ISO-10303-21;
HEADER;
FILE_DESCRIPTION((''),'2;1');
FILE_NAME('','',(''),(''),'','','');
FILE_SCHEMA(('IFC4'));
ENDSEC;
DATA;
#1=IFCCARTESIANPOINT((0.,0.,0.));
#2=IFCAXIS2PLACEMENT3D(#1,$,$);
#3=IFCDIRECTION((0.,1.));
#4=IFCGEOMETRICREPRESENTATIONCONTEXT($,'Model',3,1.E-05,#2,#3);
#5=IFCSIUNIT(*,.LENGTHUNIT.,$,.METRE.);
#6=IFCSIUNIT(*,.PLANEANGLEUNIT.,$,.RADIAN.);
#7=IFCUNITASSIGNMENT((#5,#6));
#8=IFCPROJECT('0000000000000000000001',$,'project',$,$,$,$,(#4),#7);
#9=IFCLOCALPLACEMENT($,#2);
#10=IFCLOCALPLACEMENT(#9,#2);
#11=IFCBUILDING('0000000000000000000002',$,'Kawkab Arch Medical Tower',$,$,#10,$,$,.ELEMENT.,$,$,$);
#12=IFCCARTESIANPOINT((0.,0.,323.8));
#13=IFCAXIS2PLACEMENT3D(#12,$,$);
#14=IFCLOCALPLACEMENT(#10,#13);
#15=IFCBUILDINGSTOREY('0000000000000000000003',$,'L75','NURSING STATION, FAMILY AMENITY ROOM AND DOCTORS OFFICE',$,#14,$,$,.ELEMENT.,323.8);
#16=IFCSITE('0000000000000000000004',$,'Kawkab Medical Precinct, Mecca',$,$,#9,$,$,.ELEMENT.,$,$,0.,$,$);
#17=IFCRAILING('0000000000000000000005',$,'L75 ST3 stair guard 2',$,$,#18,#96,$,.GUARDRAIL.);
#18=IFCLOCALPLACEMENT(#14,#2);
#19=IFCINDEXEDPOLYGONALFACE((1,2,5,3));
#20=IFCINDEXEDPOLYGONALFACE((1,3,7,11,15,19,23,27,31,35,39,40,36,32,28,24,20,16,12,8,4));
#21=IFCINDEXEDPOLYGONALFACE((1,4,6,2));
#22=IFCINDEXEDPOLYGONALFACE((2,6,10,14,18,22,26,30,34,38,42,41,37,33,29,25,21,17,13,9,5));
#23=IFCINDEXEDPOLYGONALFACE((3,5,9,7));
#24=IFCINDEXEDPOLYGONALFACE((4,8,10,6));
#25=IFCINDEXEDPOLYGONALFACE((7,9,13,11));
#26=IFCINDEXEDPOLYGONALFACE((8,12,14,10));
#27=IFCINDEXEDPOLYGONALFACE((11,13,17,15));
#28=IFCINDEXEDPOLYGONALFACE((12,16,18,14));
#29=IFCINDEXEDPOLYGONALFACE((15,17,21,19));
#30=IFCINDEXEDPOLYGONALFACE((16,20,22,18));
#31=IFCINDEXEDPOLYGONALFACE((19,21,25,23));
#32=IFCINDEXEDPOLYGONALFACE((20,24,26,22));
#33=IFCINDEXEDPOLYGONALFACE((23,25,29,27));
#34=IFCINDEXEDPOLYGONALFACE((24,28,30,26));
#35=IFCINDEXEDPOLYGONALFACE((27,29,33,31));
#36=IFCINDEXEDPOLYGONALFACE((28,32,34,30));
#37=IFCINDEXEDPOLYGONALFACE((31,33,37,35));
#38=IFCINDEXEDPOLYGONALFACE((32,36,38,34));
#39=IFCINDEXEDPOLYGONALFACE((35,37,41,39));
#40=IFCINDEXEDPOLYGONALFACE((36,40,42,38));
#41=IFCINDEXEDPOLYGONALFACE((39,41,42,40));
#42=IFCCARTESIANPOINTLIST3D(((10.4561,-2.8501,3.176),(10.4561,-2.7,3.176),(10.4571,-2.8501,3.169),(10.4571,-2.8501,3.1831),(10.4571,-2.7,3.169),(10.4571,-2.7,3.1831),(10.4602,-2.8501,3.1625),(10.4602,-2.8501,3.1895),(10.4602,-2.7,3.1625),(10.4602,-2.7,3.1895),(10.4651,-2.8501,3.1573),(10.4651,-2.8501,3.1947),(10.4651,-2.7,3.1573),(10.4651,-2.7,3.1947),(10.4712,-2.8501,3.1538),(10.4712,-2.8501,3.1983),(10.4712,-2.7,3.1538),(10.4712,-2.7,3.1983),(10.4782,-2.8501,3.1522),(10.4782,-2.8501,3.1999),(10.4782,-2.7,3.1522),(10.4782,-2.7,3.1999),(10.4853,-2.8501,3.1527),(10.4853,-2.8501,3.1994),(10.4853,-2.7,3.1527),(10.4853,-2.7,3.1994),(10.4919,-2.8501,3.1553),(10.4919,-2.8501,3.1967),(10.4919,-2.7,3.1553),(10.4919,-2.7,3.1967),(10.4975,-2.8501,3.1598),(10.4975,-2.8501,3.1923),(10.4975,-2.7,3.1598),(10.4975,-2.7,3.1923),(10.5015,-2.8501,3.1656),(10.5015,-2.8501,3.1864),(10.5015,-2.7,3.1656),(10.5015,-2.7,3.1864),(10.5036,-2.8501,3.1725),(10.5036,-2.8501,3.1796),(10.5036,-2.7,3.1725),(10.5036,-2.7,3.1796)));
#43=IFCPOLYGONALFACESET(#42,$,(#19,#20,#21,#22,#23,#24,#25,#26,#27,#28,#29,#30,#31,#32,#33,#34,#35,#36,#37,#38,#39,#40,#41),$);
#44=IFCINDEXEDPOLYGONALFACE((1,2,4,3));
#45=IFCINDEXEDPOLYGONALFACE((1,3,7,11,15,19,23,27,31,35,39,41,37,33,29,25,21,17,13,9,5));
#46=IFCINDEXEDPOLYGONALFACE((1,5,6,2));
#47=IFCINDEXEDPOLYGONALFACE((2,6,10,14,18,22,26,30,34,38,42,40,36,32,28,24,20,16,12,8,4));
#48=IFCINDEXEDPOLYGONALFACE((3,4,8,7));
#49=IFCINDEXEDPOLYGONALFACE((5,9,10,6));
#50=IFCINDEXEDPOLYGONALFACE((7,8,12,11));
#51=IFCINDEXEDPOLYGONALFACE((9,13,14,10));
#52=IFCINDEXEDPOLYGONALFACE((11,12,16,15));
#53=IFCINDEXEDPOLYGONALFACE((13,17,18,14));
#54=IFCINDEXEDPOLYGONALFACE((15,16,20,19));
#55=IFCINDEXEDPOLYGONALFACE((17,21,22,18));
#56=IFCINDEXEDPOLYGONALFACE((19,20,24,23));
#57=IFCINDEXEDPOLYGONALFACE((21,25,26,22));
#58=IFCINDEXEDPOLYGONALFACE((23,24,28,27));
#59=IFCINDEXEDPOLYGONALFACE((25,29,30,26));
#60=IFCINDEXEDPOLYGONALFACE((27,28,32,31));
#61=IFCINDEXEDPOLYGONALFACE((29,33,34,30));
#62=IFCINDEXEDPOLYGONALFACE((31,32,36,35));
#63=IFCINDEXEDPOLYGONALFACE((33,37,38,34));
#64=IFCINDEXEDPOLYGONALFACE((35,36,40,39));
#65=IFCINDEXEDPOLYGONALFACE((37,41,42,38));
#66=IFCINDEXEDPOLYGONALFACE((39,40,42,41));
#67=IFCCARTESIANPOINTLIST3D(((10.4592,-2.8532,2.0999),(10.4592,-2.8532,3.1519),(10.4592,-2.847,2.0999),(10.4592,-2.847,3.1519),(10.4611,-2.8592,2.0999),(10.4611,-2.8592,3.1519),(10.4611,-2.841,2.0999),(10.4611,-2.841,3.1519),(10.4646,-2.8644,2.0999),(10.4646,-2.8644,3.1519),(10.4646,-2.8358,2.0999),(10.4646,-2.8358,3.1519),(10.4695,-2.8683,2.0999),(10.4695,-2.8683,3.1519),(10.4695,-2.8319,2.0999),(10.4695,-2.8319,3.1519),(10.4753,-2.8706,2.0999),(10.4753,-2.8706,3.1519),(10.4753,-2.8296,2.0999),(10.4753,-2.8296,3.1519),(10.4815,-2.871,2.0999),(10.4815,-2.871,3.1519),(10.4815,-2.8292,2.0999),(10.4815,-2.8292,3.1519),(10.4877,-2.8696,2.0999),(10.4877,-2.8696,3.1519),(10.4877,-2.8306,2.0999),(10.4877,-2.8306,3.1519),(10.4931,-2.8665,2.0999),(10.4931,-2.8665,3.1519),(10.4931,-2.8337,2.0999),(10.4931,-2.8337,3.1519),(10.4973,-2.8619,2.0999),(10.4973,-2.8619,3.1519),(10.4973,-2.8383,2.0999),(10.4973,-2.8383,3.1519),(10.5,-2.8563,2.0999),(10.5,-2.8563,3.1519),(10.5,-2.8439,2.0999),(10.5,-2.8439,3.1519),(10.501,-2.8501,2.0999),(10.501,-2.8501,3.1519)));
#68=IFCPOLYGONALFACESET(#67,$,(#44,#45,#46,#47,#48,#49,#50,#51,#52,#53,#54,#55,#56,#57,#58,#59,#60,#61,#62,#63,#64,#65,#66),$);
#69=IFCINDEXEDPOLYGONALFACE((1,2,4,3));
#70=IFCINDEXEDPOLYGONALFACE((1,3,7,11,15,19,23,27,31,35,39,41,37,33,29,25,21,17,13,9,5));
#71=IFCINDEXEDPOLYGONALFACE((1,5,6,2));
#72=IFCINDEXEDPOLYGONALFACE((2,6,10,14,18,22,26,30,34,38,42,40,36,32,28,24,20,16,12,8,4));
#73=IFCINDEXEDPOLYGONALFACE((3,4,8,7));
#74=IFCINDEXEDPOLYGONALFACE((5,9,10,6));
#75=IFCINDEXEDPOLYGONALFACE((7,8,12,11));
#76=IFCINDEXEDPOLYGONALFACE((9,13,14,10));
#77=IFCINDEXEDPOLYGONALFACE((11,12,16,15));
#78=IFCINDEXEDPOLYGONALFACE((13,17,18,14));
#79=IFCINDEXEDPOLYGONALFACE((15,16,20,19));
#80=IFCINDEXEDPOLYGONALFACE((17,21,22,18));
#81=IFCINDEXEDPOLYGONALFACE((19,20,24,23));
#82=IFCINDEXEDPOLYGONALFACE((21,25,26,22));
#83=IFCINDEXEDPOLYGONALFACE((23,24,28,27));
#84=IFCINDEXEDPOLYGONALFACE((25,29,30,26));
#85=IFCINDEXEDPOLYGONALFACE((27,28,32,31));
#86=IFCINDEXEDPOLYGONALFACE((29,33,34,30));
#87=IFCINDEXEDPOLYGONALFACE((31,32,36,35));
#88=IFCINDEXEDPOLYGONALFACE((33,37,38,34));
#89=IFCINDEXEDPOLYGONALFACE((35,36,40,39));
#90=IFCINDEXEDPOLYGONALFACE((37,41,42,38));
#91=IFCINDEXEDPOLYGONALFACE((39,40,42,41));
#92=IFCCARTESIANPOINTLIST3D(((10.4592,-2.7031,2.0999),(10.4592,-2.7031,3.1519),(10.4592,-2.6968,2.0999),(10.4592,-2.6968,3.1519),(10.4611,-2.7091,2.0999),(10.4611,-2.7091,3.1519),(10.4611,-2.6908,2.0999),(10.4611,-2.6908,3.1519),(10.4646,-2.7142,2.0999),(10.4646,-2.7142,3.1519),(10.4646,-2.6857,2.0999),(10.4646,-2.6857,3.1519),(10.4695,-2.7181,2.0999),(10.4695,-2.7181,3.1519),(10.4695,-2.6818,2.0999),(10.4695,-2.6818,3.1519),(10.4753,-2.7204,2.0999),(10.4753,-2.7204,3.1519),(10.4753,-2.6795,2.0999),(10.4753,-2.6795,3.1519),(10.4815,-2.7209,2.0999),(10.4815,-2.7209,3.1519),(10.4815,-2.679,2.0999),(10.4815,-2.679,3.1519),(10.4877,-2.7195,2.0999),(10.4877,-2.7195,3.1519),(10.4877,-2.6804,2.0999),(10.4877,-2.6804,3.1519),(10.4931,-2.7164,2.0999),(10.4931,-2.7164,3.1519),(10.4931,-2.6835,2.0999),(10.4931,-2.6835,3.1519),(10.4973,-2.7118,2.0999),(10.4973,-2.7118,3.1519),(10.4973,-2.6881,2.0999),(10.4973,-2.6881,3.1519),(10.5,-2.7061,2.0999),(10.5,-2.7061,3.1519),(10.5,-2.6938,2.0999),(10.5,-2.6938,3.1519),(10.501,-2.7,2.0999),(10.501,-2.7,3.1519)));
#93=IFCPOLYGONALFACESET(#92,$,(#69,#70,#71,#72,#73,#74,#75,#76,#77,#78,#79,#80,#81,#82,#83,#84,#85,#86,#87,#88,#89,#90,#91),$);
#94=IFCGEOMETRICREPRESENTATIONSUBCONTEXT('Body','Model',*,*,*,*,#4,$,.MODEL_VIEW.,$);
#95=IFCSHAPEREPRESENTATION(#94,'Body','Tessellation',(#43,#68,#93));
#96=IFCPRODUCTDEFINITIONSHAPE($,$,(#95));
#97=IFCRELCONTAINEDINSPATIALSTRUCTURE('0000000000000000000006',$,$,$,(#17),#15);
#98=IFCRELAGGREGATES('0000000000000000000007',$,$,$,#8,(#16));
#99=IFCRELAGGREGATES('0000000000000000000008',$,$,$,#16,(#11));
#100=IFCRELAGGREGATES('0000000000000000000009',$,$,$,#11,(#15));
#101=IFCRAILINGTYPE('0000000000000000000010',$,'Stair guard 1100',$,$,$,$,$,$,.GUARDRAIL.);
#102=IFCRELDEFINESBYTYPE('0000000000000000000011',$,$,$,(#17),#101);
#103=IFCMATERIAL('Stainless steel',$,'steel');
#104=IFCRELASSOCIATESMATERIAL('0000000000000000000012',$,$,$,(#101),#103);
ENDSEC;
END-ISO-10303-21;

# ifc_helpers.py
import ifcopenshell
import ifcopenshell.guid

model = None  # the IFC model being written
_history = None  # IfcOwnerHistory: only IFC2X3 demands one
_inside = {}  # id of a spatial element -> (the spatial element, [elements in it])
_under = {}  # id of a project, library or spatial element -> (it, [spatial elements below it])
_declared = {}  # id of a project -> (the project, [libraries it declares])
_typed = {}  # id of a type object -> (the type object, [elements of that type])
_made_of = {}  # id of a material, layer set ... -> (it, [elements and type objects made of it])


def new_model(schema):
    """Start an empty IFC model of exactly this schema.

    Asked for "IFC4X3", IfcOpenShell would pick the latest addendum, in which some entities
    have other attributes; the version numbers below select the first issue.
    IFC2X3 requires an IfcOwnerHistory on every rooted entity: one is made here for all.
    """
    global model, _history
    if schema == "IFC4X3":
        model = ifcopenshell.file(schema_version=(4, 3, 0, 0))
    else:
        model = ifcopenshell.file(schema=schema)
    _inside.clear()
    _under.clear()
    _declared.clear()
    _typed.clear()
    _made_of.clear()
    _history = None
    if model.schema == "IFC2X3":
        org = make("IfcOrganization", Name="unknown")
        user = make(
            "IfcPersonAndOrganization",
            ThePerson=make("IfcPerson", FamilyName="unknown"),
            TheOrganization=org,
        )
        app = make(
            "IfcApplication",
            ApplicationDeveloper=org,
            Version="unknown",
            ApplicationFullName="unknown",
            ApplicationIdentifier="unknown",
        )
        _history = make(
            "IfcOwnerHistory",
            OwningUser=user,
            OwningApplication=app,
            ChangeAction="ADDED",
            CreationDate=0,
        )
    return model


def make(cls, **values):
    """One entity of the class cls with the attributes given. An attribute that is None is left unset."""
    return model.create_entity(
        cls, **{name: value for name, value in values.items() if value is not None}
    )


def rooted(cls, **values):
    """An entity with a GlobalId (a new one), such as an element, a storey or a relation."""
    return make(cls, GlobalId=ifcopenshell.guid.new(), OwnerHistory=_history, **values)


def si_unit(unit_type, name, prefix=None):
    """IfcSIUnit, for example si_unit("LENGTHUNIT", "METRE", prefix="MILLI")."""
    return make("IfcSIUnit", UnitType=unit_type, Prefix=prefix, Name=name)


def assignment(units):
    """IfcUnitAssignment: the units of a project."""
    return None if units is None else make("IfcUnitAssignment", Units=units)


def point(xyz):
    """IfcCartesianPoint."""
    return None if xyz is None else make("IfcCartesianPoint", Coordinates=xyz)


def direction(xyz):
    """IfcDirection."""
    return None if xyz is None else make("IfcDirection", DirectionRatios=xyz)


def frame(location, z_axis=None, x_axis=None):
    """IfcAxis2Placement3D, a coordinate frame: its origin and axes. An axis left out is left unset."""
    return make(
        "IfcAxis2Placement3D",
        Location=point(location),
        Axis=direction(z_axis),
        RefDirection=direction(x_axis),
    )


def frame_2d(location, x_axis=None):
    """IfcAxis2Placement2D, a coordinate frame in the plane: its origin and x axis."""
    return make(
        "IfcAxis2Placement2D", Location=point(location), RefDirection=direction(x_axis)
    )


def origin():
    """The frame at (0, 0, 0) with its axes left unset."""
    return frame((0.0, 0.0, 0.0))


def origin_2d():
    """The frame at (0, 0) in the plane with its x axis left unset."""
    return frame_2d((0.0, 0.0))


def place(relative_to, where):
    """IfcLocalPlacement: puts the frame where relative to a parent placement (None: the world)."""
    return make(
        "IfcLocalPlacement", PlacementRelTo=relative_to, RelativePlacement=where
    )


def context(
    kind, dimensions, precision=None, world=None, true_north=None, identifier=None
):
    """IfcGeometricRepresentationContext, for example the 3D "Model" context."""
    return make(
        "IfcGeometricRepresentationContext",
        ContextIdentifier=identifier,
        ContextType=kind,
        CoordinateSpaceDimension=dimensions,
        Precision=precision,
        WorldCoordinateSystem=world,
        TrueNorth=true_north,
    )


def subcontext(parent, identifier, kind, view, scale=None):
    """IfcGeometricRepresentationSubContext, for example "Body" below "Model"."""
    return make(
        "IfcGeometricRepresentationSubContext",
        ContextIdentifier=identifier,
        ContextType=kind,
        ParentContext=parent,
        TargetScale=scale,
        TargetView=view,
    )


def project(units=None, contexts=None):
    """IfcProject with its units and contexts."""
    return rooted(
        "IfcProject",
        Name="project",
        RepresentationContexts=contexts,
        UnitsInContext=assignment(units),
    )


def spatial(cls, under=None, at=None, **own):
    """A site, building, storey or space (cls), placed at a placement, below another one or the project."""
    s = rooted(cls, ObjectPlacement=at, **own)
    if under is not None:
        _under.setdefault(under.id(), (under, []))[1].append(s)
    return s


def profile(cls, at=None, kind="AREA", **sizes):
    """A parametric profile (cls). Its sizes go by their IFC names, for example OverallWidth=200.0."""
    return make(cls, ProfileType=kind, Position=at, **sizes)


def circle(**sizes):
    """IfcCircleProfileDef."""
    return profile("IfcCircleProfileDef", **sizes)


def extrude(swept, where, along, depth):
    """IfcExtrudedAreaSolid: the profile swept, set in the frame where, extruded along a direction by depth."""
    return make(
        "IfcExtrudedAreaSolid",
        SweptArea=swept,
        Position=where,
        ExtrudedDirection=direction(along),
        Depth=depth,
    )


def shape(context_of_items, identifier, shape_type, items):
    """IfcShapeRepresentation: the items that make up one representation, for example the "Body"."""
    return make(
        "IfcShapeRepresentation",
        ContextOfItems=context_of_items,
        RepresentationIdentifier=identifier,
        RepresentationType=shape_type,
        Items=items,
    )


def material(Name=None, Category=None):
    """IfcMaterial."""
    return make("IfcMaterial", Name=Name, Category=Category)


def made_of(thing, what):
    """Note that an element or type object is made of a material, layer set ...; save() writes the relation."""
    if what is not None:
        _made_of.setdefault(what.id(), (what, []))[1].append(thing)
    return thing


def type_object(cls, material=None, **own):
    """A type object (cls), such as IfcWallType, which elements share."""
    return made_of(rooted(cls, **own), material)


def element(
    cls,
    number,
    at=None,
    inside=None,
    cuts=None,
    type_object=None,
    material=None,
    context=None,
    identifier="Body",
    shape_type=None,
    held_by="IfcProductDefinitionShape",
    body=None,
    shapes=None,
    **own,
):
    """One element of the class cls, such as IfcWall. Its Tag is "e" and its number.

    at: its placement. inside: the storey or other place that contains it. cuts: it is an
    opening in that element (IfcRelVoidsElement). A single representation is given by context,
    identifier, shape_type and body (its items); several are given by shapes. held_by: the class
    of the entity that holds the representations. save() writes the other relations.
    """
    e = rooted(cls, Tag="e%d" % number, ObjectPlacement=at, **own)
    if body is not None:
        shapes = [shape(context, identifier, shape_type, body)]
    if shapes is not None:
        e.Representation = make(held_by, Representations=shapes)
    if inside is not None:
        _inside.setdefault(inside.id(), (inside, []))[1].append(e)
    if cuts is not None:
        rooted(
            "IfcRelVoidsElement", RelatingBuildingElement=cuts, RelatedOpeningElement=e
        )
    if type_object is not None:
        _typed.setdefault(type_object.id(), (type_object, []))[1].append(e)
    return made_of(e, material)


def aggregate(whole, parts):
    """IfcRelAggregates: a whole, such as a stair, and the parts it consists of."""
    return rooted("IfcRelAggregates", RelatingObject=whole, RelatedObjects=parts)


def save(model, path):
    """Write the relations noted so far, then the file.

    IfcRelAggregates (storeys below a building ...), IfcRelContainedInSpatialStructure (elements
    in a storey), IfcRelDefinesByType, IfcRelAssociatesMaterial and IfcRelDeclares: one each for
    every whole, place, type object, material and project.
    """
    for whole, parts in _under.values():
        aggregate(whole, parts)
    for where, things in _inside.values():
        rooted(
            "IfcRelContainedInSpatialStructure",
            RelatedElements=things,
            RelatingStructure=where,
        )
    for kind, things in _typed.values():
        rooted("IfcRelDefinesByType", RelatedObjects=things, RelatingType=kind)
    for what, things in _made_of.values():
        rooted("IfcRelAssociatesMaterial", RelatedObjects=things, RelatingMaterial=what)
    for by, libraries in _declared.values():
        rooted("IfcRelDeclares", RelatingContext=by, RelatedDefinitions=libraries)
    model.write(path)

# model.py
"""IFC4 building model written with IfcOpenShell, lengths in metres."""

from ifc_helpers import new_model, si_unit, direction, frame, origin, origin_2d, place, context, subcontext, project, spatial, circle, extrude, material, type_object, element, save


model = new_model("IFC4")

# Units and contexts
model_context = context("Model", 3, precision=1e-05, world=origin(), true_north=direction((0.0, 1.0)))
body_context = subcontext(model_context, "Body", "Model", "MODEL_VIEW")
ifc_project = project(units=[si_unit("LENGTHUNIT", "METRE"), si_unit("PLANEANGLEUNIT", "RADIAN")], contexts=[model_context])

# Site, building, storey
site_placement = place(None, origin())
site = spatial("IfcSite", under=ifc_project, at=site_placement, Name="Kawkab Medical Precinct, Mecca", CompositionType="ELEMENT", RefElevation=0.0)
building_placement = place(site_placement, origin())
building = spatial("IfcBuilding", under=site, at=building_placement, Name="Kawkab Arch Medical Tower", CompositionType="ELEMENT")
storey_placement = place(building_placement, frame((0.0, 0.0, 323.8)))
storey = spatial("IfcBuildingStorey", under=building, at=storey_placement, Name="L75", Description="NURSING STATION, FAMILY AMENITY ROOM AND DOCTORS OFFICE", CompositionType="ELEMENT", Elevation=323.8)

# Railing
ifc_material_1 = material(Name="Stainless steel", Category="steel")
railing_type_1 = type_object("IfcRailingType", Name="Stair guard 1100", PredefinedType="GUARDRAIL", material=ifc_material_1)
railing_1_placement = place(storey_placement, frame((10.48, -2.8501, 2.0999)))
element("IfcRailing", 1, at=railing_1_placement, inside=storey, type_object=railing_type_1, Name="L75 ST3 stair guard 2", PredefinedType="GUARDRAIL", context=body_context, shape_type="SweptSolid", body=[
    extrude(circle(Radius=0.0239, at=origin_2d()), frame((0.0, 0.0, 1.0762), z_axis=(0.0, 1.0, 0.0), x_axis=(-1.0, 0.0, 0.0)), (0.0, 0.0, 1.0), 0.1501),
    extrude(circle(Radius=0.021, at=origin_2d()), origin(), (0.0, 0.0, 1.0), 1.052),
    extrude(circle(Radius=0.021, at=origin_2d()), frame((0.0, 0.1501, 0.0)), (0.0, 0.0, 1.0), 1.052),
])

save(model, "model.ifc")
